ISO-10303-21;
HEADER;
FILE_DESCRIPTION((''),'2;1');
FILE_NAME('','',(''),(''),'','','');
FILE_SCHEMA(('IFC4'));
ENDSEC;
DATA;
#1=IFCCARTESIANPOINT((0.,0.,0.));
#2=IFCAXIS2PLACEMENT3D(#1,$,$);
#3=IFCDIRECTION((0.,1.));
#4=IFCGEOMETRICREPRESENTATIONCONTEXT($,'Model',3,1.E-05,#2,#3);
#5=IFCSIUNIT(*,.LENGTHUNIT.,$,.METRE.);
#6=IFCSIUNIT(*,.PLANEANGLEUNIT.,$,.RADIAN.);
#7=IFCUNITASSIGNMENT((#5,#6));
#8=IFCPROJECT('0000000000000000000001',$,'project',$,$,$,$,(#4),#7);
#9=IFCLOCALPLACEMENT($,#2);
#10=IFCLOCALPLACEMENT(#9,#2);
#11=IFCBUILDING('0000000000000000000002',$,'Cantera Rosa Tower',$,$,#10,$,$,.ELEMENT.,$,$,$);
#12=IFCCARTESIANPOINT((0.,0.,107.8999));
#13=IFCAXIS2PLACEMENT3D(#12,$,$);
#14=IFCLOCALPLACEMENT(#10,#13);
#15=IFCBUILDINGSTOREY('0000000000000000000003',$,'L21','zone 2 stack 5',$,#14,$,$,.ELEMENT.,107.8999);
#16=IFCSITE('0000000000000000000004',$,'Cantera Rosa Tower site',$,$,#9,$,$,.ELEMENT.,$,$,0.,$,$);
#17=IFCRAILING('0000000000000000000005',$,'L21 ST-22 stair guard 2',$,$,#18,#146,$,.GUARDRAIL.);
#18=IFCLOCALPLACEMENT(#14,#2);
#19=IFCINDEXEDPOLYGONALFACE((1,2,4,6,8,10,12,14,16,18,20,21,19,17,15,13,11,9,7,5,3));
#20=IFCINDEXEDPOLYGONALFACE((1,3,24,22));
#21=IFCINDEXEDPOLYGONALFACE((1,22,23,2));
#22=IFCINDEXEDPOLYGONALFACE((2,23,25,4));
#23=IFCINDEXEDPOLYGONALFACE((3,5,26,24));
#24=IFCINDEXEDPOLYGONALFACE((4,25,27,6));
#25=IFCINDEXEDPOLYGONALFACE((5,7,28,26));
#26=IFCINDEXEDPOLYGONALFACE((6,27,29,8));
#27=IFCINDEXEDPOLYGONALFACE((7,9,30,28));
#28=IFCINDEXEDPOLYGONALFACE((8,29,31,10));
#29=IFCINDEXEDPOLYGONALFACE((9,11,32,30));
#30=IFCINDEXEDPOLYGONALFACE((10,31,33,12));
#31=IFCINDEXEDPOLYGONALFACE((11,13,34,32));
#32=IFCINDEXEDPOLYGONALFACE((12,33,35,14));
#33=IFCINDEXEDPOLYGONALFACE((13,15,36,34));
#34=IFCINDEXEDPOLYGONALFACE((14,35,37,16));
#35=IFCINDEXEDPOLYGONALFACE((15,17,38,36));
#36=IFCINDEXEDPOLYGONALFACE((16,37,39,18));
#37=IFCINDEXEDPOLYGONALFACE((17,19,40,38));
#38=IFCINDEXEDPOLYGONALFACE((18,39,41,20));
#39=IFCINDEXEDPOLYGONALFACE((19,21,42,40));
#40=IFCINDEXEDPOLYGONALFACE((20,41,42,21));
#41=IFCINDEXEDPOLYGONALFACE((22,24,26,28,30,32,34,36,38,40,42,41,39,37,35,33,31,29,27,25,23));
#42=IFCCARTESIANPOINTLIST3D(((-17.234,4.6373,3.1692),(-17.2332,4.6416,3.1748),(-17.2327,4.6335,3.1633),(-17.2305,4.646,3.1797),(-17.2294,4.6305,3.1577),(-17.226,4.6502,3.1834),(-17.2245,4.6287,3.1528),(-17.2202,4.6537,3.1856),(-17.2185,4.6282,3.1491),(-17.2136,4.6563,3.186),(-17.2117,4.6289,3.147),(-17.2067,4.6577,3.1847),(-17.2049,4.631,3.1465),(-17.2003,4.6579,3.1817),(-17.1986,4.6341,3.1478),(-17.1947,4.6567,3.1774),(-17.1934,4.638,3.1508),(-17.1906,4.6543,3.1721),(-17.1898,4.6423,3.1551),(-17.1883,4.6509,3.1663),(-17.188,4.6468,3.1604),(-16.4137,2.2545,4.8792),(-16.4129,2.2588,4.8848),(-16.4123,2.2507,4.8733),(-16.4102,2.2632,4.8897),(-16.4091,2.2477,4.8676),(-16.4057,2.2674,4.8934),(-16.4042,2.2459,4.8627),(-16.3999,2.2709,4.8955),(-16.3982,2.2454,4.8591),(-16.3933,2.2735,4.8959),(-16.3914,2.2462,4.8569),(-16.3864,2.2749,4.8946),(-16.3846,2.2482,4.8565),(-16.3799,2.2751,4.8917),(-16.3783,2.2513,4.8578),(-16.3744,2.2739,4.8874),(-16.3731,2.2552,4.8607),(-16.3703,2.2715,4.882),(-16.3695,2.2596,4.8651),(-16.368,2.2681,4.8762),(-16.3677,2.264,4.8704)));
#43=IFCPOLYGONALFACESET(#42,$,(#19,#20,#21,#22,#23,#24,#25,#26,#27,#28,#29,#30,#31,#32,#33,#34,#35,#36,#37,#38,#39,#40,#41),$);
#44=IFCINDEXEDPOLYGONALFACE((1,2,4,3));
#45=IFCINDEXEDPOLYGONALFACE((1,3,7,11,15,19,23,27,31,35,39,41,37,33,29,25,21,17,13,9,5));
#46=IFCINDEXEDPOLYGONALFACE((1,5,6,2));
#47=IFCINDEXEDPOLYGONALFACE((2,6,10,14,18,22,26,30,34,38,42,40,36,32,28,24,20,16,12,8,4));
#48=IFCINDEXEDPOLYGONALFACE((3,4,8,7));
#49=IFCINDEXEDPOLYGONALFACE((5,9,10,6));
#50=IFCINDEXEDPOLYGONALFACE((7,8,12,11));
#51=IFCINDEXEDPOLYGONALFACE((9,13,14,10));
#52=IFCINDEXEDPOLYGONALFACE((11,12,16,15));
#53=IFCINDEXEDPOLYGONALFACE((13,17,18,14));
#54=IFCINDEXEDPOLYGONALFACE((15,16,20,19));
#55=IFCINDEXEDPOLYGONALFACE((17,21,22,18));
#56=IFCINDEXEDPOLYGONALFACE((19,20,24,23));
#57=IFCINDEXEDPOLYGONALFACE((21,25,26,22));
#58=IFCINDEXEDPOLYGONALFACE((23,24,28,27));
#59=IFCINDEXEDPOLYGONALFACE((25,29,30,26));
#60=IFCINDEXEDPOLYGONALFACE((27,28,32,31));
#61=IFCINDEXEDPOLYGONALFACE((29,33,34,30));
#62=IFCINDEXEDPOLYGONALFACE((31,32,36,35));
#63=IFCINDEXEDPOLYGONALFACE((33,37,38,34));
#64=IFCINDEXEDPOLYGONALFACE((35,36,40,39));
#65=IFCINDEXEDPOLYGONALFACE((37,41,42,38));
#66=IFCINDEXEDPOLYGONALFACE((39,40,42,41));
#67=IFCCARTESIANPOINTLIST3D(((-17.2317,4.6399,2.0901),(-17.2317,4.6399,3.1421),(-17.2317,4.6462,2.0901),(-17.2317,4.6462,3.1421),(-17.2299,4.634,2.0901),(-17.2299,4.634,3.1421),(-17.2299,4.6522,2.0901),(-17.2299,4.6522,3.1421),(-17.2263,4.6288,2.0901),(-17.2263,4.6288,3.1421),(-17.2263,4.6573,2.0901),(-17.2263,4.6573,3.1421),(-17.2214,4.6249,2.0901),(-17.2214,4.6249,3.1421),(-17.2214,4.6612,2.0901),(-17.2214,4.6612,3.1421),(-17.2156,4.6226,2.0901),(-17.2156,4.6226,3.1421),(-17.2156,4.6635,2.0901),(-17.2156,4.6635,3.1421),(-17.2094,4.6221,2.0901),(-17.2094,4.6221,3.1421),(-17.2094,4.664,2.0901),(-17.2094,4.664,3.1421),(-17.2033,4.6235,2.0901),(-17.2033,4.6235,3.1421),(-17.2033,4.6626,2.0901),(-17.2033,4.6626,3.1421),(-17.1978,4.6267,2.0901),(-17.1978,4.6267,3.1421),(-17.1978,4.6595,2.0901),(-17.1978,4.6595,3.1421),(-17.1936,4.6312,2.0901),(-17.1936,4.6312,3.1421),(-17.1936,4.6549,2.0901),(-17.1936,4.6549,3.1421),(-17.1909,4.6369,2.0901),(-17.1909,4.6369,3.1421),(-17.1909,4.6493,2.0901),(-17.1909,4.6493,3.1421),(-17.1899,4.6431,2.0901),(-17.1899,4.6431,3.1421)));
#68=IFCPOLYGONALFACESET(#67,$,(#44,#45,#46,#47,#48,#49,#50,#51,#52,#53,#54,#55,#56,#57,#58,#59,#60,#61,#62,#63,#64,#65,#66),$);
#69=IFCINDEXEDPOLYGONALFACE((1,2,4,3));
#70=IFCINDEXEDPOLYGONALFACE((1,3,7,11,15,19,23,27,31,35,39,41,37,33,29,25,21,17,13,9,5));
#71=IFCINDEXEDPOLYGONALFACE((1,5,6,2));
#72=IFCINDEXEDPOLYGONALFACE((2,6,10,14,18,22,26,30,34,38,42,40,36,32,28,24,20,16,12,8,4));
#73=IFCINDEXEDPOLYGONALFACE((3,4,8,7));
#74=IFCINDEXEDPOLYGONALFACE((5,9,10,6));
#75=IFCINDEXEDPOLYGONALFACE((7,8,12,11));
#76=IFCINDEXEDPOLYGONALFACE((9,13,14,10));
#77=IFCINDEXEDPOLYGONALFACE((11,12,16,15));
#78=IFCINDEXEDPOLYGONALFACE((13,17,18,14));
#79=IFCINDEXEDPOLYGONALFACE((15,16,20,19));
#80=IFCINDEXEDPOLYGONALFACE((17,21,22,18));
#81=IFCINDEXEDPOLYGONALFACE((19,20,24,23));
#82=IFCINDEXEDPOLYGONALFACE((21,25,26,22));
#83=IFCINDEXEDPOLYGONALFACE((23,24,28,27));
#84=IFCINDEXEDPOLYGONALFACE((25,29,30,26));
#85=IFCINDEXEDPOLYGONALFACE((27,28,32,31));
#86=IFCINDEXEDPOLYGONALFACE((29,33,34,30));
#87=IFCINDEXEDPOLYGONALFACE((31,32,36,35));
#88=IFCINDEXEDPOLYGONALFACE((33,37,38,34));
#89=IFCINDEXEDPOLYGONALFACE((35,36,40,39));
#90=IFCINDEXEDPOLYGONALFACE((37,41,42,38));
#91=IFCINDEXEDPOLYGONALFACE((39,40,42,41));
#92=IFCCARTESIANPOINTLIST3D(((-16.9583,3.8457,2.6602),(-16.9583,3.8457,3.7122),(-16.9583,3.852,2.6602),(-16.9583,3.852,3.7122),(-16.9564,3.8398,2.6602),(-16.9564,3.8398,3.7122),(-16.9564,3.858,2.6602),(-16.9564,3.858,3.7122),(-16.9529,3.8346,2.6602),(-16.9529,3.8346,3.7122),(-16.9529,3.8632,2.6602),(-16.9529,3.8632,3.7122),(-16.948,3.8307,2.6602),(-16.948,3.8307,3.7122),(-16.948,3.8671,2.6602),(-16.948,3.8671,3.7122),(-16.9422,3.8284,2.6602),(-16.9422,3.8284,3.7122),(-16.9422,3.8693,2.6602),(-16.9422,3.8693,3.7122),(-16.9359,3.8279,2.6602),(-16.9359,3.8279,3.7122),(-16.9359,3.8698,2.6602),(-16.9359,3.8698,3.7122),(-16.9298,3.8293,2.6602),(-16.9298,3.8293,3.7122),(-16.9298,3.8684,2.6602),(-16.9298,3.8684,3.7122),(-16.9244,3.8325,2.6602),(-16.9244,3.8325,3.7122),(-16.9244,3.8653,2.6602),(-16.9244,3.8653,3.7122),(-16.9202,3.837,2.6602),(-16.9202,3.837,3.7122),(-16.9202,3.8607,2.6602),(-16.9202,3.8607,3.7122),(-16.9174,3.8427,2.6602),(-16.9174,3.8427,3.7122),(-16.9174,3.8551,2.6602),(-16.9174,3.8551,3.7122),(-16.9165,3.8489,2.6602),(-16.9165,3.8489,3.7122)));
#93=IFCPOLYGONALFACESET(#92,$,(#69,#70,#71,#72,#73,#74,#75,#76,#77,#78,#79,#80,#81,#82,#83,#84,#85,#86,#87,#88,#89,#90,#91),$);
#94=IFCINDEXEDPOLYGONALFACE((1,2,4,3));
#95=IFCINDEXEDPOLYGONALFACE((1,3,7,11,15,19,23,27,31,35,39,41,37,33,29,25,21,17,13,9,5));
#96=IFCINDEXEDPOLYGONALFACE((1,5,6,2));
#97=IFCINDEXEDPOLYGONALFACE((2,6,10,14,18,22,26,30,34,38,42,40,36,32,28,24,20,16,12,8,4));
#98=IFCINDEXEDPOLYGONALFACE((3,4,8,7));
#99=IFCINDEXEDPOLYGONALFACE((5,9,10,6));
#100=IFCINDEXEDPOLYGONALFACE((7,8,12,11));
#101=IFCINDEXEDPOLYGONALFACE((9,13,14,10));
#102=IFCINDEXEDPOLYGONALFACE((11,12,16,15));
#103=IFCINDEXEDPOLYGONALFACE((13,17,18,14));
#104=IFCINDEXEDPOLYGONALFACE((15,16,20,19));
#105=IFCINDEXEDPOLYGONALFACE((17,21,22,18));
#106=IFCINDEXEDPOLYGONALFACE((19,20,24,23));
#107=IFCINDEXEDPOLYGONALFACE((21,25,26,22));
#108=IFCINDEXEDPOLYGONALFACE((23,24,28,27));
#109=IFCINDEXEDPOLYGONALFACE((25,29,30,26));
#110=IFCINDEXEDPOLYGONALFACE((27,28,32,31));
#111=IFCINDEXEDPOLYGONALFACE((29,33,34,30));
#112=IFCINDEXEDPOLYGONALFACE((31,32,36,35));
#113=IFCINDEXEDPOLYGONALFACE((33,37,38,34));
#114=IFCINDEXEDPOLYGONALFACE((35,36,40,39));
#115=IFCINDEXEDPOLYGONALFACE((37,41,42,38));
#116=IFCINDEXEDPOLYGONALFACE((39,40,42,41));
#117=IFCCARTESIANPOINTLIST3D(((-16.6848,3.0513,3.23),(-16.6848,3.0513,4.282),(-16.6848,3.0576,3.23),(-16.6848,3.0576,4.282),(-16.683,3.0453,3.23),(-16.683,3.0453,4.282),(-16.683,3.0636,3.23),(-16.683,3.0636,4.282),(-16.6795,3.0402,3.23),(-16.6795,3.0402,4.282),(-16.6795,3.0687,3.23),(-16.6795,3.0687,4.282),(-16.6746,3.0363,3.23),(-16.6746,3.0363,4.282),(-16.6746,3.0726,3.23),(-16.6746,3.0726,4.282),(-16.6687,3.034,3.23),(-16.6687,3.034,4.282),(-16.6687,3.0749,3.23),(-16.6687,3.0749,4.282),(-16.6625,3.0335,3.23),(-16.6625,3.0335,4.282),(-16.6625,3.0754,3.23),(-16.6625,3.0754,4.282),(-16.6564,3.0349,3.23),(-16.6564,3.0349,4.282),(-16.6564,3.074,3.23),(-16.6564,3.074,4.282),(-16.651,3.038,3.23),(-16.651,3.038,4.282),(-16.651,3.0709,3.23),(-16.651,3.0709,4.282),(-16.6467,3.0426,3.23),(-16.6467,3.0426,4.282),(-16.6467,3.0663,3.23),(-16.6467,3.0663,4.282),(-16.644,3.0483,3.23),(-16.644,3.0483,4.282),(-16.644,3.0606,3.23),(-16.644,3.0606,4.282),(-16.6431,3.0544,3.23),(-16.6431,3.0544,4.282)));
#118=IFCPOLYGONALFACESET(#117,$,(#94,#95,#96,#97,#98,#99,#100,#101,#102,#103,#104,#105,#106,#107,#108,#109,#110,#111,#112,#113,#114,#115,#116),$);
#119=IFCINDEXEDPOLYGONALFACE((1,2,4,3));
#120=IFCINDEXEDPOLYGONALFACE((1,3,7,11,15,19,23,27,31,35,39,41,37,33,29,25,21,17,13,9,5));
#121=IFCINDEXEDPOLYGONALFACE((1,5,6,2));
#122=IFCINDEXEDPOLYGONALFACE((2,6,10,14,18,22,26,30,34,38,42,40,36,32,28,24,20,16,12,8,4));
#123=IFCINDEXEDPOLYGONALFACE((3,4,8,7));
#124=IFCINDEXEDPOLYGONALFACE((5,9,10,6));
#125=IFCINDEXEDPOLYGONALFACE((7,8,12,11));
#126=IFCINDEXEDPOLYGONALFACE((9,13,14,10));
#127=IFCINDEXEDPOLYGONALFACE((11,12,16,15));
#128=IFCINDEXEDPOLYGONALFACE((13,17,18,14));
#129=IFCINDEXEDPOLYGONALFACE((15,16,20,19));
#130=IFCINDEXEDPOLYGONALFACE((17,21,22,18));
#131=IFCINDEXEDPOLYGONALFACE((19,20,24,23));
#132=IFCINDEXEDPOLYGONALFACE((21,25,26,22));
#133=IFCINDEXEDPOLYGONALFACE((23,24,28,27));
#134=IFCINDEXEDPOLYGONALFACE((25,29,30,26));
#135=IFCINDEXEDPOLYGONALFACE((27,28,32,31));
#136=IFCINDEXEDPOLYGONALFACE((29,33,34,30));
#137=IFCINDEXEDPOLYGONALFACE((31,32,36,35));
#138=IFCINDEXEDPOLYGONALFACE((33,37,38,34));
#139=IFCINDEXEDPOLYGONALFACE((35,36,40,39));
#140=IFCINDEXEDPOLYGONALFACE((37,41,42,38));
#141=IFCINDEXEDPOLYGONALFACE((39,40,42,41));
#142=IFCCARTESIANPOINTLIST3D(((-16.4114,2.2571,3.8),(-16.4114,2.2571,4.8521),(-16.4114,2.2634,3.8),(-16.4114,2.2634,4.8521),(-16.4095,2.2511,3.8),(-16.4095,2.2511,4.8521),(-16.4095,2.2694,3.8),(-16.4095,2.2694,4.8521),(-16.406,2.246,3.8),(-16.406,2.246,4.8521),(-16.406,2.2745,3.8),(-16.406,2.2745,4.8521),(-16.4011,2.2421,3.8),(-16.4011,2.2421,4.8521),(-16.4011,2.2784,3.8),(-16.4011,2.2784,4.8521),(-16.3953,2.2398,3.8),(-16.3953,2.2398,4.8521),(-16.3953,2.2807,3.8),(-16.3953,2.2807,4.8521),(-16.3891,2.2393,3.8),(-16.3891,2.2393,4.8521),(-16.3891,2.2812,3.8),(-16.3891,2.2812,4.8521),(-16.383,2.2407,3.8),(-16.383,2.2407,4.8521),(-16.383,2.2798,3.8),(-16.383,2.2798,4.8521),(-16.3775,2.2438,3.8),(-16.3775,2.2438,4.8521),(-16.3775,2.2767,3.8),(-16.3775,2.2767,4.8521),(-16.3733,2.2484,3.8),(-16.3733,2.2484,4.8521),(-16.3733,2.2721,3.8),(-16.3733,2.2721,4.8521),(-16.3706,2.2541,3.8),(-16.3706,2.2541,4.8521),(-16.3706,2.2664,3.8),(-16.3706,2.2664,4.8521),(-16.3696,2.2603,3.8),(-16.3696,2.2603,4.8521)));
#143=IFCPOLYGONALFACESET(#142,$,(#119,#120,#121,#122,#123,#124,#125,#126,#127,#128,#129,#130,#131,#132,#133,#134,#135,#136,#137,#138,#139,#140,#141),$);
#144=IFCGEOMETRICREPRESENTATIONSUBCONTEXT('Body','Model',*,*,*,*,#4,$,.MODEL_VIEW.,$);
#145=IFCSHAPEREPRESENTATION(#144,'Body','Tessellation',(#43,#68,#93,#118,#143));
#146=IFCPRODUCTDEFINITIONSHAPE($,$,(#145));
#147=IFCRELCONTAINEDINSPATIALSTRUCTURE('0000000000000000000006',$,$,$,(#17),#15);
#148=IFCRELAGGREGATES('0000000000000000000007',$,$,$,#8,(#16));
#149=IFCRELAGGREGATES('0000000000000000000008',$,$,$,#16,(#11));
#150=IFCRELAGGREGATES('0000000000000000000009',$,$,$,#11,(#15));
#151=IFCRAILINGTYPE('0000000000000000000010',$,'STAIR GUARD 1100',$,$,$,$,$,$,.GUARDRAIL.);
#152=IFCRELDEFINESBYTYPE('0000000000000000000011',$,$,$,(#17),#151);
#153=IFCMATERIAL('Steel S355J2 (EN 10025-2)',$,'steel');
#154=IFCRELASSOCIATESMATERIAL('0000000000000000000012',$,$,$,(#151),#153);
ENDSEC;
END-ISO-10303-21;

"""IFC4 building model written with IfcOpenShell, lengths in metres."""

from ifc_helpers import new_model, si_unit, direction, frame, origin, origin_2d, place, context, subcontext, project, spatial, circle, extrude, material, type_object, element, save


model = new_model("IFC4")

# Units and contexts
model_context = context("Model", 3, precision=1e-05, world=origin(), true_north=direction((0.0, 1.0)))
body_context = subcontext(model_context, "Body", "Model", "MODEL_VIEW")
ifc_project = project(units=[si_unit("LENGTHUNIT", "METRE"), si_unit("PLANEANGLEUNIT", "RADIAN")], contexts=[model_context])

# Site, building, storey
site_placement = place(None, origin())
site = spatial("IfcSite", under=ifc_project, at=site_placement, Name="Cantera Rosa Tower site", CompositionType="ELEMENT", RefElevation=0.0)
building_placement = place(site_placement, origin())
building = spatial("IfcBuilding", under=site, at=building_placement, Name="Cantera Rosa Tower", CompositionType="ELEMENT")
storey_placement = place(building_placement, frame((0.0, 0.0, 107.8999)))
storey = spatial("IfcBuildingStorey", under=building, at=storey_placement, Name="L21", Description="zone 2 stack 5", CompositionType="ELEMENT", Elevation=107.8999)

# Railing
ifc_material_1 = material(Name="Steel S355J2 (EN 10025-2)", Category="steel")
railing_type_1 = type_object("IfcRailingType", Name="STAIR GUARD 1100", PredefinedType="GUARDRAIL", material=ifc_material_1)
railing_1_placement = place(storey_placement, frame((-17.2109, 4.6431, 2.0901)))
element("IfcRailing", 1, at=railing_1_placement, inside=storey, type_object=railing_type_1, Name="L21 ST-22 stair guard 2", PredefinedType="GUARDRAIL", context=body_context, shape_type="SweptSolid", body=[
    extrude(circle(Radius=0.0239, at=origin_2d()), frame((0.0, 0.0, 1.0762), z_axis=(0.269358, -0.782421, 0.561483), x_axis=(0.945538, 0.325513, 0.0)), (0.0, 0.0, 1.0), 3.0454),
    extrude(circle(Radius=0.021, at=origin_2d()), origin(), (0.0, 0.0, 1.0), 1.052),
    extrude(circle(Radius=0.021, at=origin_2d()), frame((0.2734, -0.7942, 0.5701)), (0.0, 0.0, 1.0), 1.052),
    extrude(circle(Radius=0.021, at=origin_2d()), frame((0.5469, -1.5886, 1.1399)), (0.0, 0.0, 1.0), 1.052),
    extrude(circle(Radius=0.021, at=origin_2d()), frame((0.8203, -2.3828, 1.71)), (0.0, 0.0, 1.0), 1.052),
])

save(model, "model.ifc")
